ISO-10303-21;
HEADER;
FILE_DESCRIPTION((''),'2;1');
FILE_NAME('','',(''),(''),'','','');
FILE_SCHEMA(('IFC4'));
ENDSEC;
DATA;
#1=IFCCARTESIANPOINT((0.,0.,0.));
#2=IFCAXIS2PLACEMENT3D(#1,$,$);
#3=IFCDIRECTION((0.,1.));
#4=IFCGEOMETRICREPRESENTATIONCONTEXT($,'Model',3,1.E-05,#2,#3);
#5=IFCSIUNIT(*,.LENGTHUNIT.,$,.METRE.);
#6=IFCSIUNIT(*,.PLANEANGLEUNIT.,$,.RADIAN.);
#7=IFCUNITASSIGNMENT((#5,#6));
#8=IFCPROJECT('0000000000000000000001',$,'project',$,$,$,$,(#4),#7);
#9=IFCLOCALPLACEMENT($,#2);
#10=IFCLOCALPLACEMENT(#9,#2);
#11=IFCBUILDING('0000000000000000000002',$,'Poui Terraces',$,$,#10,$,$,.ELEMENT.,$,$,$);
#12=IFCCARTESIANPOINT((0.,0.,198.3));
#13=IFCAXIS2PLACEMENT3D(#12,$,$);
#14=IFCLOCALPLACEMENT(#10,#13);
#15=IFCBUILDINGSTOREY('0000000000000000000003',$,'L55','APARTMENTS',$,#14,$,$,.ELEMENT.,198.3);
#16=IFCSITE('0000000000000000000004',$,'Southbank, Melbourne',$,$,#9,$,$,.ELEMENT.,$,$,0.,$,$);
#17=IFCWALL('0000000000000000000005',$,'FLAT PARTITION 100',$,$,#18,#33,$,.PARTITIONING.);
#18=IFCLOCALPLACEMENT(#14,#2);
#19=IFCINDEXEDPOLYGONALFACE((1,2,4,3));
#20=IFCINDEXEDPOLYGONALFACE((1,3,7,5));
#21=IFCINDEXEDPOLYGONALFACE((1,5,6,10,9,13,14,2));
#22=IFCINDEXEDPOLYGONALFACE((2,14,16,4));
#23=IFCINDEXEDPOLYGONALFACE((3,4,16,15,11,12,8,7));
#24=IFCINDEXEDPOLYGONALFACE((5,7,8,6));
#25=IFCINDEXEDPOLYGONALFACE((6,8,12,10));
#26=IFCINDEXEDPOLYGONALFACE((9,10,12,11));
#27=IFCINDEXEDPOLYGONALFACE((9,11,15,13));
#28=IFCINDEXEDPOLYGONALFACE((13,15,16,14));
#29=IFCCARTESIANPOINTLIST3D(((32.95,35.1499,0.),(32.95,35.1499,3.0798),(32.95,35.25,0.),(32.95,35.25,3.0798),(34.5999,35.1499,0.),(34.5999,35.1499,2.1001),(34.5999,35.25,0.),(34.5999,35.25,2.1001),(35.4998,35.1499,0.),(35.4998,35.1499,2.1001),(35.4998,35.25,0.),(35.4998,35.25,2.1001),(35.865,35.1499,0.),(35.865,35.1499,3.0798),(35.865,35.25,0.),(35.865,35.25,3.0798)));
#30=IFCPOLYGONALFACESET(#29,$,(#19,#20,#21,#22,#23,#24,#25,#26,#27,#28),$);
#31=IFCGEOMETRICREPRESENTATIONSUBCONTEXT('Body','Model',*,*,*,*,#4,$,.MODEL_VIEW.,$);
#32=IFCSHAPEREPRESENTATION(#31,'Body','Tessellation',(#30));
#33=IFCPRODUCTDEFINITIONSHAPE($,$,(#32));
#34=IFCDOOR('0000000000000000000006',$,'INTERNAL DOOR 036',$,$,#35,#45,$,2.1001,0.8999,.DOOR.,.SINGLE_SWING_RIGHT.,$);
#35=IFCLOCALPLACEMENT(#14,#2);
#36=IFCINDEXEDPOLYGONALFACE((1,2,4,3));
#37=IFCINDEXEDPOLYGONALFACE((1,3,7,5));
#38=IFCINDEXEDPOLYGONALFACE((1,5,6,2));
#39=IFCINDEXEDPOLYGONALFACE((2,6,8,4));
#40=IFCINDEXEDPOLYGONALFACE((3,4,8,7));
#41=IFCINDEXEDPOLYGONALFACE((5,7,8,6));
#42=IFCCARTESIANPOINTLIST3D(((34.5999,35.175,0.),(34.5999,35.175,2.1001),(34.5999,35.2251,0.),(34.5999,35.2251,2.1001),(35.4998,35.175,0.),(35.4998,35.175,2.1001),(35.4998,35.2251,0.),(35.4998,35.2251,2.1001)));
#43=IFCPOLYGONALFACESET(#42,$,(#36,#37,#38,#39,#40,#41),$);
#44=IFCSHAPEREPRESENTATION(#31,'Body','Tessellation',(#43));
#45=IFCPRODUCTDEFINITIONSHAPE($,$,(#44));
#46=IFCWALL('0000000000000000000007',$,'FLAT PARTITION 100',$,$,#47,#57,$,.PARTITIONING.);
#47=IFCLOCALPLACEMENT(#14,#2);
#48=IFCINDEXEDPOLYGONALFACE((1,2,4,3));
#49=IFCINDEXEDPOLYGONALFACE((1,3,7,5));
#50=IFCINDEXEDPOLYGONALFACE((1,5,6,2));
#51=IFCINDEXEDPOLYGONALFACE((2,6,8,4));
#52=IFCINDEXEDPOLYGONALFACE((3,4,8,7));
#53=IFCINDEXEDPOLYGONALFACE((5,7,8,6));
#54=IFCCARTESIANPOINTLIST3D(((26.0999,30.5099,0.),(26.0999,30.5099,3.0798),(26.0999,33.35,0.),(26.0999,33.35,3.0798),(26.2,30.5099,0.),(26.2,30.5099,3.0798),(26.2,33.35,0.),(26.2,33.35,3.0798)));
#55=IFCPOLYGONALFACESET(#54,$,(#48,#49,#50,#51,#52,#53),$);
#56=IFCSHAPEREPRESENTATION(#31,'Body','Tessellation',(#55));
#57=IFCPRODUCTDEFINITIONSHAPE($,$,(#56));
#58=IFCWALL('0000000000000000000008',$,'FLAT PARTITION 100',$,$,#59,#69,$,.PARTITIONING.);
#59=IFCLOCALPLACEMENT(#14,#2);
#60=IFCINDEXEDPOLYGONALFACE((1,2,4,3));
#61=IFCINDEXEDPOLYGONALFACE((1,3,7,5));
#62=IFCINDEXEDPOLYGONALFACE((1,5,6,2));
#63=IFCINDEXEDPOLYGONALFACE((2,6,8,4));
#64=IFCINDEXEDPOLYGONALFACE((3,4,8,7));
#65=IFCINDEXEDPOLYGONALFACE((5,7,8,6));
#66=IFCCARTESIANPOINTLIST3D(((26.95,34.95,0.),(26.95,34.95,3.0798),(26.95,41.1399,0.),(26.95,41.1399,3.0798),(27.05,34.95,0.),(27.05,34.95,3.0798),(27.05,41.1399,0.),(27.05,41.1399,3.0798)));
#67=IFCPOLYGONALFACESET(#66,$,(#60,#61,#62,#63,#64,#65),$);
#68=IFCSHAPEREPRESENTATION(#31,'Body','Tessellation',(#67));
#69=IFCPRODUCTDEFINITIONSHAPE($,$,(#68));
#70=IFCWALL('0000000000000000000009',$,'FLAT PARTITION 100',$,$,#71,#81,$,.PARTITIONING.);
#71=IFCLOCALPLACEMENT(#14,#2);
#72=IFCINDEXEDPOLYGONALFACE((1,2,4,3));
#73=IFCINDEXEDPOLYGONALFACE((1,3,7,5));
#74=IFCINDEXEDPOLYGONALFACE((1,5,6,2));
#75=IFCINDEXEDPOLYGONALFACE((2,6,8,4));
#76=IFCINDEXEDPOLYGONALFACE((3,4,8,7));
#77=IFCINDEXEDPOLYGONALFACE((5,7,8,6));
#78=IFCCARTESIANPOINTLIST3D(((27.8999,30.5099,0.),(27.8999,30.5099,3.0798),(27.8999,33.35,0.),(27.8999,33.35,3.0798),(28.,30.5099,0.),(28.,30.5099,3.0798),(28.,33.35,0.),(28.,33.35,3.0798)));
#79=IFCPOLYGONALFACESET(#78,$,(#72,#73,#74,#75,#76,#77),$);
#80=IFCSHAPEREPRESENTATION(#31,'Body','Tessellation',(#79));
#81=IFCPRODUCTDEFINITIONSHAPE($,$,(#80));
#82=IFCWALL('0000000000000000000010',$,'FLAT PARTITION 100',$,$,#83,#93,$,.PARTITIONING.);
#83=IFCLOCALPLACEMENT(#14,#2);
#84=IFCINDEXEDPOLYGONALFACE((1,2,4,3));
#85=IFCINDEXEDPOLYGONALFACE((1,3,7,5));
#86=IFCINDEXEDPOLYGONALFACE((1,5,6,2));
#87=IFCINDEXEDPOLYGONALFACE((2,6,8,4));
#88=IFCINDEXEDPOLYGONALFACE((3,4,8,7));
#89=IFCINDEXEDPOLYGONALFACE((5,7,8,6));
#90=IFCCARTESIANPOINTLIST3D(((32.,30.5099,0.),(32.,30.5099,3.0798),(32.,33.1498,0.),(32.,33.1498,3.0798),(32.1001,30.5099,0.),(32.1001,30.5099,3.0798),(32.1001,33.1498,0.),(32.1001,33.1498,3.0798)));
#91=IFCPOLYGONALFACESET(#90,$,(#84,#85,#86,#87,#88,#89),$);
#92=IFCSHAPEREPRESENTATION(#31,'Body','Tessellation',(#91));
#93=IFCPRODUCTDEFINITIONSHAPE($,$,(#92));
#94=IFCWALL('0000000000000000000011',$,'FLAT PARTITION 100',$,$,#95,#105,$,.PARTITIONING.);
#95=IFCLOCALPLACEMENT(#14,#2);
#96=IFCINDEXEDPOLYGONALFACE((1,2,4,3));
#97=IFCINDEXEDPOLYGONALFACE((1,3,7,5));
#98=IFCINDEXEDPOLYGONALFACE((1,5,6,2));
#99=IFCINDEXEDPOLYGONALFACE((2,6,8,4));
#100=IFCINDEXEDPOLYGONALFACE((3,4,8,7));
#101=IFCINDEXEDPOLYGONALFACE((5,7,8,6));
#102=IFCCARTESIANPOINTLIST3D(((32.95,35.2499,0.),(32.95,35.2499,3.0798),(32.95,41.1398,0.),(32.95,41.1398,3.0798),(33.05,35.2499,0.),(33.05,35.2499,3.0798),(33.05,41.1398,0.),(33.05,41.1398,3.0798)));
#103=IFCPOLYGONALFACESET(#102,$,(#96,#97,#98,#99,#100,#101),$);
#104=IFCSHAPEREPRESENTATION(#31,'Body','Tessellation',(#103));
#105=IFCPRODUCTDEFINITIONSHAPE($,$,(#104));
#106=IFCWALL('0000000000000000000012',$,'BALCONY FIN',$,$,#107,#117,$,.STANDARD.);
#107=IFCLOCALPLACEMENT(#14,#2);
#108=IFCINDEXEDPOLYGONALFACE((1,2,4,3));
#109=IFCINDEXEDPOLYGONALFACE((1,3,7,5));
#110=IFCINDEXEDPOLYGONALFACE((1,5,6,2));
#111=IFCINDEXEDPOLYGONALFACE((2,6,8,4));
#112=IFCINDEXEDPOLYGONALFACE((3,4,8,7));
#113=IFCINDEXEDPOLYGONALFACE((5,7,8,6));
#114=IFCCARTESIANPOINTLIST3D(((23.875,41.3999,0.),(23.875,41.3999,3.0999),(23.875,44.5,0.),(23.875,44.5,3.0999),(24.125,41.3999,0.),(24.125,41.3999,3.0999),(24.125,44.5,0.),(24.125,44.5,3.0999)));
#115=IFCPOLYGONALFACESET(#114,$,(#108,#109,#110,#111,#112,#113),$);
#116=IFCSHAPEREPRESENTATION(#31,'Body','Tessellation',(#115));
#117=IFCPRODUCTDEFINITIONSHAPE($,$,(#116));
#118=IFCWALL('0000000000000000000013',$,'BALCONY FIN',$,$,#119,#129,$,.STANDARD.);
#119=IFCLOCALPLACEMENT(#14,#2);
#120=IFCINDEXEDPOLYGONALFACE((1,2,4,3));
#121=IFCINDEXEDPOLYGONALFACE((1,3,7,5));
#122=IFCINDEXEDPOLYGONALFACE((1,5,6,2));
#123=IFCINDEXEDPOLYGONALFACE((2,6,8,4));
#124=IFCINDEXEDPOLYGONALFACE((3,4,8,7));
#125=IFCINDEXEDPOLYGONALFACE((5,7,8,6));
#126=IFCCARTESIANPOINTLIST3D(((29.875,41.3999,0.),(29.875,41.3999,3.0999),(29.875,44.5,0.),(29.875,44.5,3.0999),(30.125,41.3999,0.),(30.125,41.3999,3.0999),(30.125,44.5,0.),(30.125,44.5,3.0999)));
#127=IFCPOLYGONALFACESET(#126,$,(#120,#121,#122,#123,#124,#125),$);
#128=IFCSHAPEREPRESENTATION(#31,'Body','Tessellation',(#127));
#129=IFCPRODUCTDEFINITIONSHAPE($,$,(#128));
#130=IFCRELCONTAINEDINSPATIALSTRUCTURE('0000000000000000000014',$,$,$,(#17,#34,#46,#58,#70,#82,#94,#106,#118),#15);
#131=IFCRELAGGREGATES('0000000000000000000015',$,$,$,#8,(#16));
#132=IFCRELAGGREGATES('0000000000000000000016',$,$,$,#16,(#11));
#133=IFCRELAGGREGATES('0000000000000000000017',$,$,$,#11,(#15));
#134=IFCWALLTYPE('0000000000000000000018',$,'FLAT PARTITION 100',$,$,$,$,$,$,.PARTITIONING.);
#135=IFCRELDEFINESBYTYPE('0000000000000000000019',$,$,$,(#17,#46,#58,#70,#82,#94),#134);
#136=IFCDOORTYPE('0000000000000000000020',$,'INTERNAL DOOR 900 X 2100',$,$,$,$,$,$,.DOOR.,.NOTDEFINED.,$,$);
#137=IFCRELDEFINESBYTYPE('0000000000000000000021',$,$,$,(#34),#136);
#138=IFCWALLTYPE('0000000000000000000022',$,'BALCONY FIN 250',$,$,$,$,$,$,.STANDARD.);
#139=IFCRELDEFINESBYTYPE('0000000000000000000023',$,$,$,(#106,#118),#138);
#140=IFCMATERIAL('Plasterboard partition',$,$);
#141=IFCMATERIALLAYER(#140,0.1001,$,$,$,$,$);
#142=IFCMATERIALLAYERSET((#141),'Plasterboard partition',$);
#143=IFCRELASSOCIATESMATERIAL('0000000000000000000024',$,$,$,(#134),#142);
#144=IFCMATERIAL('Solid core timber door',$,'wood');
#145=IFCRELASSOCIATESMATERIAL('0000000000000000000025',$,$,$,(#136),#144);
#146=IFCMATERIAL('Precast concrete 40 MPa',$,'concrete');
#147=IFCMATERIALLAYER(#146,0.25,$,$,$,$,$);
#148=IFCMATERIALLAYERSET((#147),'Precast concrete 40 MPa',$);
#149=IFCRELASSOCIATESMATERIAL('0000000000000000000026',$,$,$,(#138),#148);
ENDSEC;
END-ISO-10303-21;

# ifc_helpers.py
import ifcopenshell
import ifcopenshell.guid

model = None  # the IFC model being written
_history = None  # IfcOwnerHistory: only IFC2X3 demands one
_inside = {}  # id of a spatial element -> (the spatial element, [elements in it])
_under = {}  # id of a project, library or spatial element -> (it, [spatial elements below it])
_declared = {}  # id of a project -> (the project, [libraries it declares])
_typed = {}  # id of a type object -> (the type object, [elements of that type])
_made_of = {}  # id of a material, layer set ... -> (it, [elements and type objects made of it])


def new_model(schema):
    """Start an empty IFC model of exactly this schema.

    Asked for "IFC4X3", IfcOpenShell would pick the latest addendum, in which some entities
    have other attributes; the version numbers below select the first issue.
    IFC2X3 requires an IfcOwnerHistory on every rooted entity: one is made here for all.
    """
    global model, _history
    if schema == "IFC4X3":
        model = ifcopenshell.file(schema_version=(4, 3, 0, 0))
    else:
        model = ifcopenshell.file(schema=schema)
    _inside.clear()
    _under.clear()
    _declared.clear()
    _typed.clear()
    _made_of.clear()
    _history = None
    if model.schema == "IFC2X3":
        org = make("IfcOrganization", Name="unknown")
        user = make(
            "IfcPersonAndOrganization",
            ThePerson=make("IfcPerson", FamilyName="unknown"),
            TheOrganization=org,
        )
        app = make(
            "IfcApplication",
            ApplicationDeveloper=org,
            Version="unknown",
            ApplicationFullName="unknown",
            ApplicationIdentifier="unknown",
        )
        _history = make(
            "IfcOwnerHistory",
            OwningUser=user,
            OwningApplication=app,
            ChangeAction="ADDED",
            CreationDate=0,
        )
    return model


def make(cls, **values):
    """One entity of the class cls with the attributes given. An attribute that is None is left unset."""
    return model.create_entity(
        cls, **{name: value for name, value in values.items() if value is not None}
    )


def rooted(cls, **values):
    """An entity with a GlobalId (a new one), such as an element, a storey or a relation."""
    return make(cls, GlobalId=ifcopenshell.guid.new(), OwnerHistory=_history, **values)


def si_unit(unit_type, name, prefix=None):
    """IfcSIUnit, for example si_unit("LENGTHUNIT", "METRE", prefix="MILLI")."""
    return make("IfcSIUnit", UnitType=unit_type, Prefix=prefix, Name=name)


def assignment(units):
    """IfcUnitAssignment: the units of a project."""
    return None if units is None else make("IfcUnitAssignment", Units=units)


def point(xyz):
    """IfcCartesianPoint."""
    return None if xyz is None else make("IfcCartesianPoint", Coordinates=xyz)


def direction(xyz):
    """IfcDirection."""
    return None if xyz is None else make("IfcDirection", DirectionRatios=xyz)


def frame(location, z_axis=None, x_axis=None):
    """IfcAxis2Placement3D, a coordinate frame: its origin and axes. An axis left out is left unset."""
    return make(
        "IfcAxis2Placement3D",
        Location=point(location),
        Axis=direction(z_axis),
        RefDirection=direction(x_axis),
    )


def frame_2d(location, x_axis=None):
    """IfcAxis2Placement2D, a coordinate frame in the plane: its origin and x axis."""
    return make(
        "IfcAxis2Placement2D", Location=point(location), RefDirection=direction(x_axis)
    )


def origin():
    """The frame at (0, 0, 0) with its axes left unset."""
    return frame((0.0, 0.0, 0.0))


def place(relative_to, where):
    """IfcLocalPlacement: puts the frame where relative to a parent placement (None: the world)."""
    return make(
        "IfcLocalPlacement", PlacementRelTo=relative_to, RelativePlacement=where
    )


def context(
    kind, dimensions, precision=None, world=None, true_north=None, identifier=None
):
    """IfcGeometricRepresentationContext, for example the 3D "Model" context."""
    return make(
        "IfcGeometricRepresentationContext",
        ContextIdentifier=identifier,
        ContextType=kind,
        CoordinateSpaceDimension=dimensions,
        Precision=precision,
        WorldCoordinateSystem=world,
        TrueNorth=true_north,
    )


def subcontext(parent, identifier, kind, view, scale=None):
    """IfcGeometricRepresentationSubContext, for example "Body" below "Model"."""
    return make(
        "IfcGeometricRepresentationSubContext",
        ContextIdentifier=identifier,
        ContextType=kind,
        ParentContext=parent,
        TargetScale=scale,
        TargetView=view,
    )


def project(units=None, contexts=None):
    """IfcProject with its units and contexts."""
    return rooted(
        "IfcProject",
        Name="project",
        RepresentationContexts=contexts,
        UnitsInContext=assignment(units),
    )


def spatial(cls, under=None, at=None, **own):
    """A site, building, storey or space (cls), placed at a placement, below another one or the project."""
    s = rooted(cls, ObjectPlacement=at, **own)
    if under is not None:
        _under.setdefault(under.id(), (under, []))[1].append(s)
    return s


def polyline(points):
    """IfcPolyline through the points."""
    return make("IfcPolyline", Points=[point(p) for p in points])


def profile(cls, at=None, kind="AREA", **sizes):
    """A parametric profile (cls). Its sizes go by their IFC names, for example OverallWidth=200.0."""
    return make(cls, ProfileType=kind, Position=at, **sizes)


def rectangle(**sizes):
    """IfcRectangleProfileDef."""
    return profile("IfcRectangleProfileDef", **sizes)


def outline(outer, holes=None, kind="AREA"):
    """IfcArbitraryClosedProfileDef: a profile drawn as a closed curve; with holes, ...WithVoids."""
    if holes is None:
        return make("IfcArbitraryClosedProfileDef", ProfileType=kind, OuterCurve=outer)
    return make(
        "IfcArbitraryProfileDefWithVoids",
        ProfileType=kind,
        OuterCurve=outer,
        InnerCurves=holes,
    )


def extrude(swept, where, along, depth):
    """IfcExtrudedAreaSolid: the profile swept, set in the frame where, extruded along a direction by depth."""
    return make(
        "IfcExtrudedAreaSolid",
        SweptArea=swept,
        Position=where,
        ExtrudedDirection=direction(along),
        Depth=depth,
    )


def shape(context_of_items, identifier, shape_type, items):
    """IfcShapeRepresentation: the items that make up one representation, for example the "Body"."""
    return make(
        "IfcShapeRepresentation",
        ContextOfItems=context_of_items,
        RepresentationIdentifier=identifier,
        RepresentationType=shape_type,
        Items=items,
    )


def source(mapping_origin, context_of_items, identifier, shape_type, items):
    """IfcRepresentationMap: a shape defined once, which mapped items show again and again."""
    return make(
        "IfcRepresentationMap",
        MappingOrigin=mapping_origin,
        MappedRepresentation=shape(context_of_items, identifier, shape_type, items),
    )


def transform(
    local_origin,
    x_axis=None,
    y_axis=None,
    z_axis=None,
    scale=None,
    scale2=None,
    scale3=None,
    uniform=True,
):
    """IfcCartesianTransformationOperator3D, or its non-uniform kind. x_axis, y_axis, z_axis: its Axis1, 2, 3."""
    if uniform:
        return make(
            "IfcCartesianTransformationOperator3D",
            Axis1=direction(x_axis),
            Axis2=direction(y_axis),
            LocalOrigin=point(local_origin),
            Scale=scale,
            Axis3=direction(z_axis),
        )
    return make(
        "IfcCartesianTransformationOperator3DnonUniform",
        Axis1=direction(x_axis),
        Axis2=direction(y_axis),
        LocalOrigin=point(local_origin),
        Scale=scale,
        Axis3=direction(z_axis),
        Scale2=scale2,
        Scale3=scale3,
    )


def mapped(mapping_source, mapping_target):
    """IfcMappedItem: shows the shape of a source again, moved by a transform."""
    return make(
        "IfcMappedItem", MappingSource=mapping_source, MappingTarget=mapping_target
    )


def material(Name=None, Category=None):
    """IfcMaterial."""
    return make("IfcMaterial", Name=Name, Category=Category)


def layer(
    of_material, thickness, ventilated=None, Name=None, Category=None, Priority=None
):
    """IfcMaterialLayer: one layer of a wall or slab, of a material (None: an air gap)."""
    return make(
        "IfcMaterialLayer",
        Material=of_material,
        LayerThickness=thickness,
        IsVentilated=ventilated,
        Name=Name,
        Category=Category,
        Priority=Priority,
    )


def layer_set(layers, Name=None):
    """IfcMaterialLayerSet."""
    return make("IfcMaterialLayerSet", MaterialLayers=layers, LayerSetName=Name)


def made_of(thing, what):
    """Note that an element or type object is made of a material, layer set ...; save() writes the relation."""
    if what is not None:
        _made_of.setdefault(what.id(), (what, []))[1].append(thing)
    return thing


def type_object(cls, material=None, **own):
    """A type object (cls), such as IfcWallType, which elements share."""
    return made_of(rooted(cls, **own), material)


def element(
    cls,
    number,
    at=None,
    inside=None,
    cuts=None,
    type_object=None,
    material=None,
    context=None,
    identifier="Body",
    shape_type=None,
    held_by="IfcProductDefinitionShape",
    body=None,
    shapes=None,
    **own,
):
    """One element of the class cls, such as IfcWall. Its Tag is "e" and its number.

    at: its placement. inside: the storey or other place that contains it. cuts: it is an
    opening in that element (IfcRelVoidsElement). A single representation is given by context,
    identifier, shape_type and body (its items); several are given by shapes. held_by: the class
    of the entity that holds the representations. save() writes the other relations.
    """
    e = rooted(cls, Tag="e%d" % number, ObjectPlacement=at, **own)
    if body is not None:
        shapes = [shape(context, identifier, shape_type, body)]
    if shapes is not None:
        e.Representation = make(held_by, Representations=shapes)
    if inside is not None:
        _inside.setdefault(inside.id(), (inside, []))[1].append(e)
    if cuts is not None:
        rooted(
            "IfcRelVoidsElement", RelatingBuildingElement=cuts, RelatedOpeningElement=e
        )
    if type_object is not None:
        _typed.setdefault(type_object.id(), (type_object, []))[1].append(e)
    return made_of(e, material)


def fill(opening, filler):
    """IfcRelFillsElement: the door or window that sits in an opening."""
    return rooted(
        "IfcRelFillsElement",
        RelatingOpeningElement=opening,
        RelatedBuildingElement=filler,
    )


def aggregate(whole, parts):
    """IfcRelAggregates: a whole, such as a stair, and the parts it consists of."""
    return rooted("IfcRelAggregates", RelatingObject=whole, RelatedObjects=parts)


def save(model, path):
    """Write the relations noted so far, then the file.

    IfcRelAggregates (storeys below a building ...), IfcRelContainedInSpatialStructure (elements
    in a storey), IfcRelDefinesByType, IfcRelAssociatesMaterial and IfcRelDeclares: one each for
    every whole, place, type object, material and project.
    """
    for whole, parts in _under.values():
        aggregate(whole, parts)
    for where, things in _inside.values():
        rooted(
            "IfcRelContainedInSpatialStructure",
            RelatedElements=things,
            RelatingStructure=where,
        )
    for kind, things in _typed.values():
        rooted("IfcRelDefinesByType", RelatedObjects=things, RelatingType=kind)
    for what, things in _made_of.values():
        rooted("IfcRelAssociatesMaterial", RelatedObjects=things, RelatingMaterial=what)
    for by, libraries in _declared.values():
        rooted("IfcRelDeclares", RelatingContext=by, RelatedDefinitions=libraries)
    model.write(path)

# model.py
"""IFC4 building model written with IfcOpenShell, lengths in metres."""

from ifc_helpers import new_model, si_unit, direction, frame, frame_2d, origin, place, context, subcontext, project, spatial, polyline, rectangle, outline, extrude, source, transform, mapped, material, layer, layer_set, type_object, element, fill, save


model = new_model("IFC4")

# Units and contexts
model_context = context("Model", 3, precision=1e-05, world=origin(), true_north=direction((0.0, 1.0)))
body_context = subcontext(model_context, "Body", "Model", "MODEL_VIEW")
ifc_project = project(units=[si_unit("LENGTHUNIT", "METRE"), si_unit("PLANEANGLEUNIT", "RADIAN")], contexts=[model_context])

# Site, building, storey
site_placement = place(None, origin())
site = spatial("IfcSite", under=ifc_project, at=site_placement, Name="Southbank, Melbourne", CompositionType="ELEMENT", RefElevation=0.0)
building_placement = place(site_placement, origin())
building = spatial("IfcBuilding", under=site, at=building_placement, Name="Poui Terraces", CompositionType="ELEMENT")
storey_placement = place(building_placement, frame((0.0, 0.0, 198.3)))
storey = spatial("IfcBuildingStorey", under=building, at=storey_placement, Name="L55", Description="APARTMENTS", CompositionType="ELEMENT", Elevation=198.3)

# Wall, opening, door
ifc_material_1 = material(Name="Plasterboard partition")
ifc_layer_1 = layer(ifc_material_1, 0.1001)
ifc_layer_set_1 = layer_set([ifc_layer_1], Name="Plasterboard partition")
wall_type_1 = type_object("IfcWallType", Name="FLAT PARTITION 100", PredefinedType="PARTITIONING", material=ifc_layer_set_1)
ifc_material_2 = material(Name="Solid core timber door", Category="wood")
door_type_1 = type_object("IfcDoorType", Name="INTERNAL DOOR 900 X 2100", OperationType="NOTDEFINED", PredefinedType="DOOR", material=ifc_material_2)
wall_1_placement = place(storey_placement, frame((32.95, 35.2, 0.0), z_axis=(0.0, 0.0, 1.0), x_axis=(1.0, 0.0, 0.0)))
wall_1 = element("IfcWall", 1, at=wall_1_placement, inside=storey, type_object=wall_type_1, Name="FLAT PARTITION 100", PredefinedType="PARTITIONING", context=body_context, shape_type="SweptSolid", body=[
    extrude(rectangle(XDim=2.915, YDim=0.1001, at=frame_2d((1.4575, 0.0))), origin(), (0.0, 0.0, 1.0), 3.0798),
])
opening_1_placement = place(wall_1_placement, frame((1.6499, 0.0, 0.0)))
opening_1 = element("IfcOpeningElement", 2, at=opening_1_placement, cuts=wall_1, PredefinedType="OPENING", context=body_context, shape_type="SweptSolid", body=[
    extrude(rectangle(XDim=0.8999, YDim=2.1001, at=frame_2d((0.45, 1.05))), frame((0.0, 0.0601, 0.0), z_axis=(0.0, -1.0, 0.0), x_axis=(1.0, 0.0, 0.0)), (0.0, 0.0, 1.0), 0.1201),
])
door_1_placement = place(opening_1_placement, frame((0.8999, 0.0, 0.0), z_axis=(0.0, 0.0, 1.0), x_axis=(-1.0, 0.0, 0.0)))
door_1 = element("IfcDoor", 3, at=door_1_placement, inside=storey, type_object=door_type_1, Name="INTERNAL DOOR 036", OperationType="SINGLE_SWING_RIGHT", OverallHeight=2.1001, OverallWidth=0.8999, PredefinedType="DOOR", context=body_context, shape_type="SweptSolid", body=[
    extrude(rectangle(XDim=0.8999, YDim=2.1001, at=frame_2d((0.45, 1.05))), frame((0.0, 0.0249, 0.0), z_axis=(0.0, -1.0, 0.0), x_axis=(1.0, 0.0, 0.0)), (0.0, 0.0, 1.0), 0.05),
])
fill(opening_1, door_1)

# Walls
wall_2_placement = place(storey_placement, frame((26.1499, 30.51, 0.0), z_axis=(0.0, 0.0, 1.0), x_axis=(0.0, 1.0, 0.0)))
element("IfcWall", 4, at=wall_2_placement, inside=storey, type_object=wall_type_1, Name="FLAT PARTITION 100", PredefinedType="PARTITIONING", context=body_context, shape_type="SweptSolid", body=[
    extrude(rectangle(XDim=2.8401, YDim=0.1001, at=frame_2d((1.4199, 0.0))), origin(), (0.0, 0.0, 1.0), 3.0798),
])
wall_3_placement = place(storey_placement, frame((27.0, 34.95, 0.0), z_axis=(0.0, 0.0, 1.0), x_axis=(0.0, 1.0, 0.0)))
element("IfcWall", 5, at=wall_3_placement, inside=storey, type_object=wall_type_1, Name="FLAT PARTITION 100", PredefinedType="PARTITIONING", context=body_context, shape_type="SweptSolid", body=[
    extrude(rectangle(XDim=6.1899, YDim=0.1001, at=frame_2d((3.095, 0.0))), origin(), (0.0, 0.0, 1.0), 3.0798),
])
wall_4_placement = place(storey_placement, frame((27.95, 30.51, 0.0), z_axis=(0.0, 0.0, 1.0), x_axis=(0.0, 1.0, 0.0)))
element("IfcWall", 6, at=wall_4_placement, inside=storey, type_object=wall_type_1, Name="FLAT PARTITION 100", PredefinedType="PARTITIONING", context=body_context, shape_type="SweptSolid", body=[
    extrude(rectangle(XDim=2.8401, YDim=0.1001, at=frame_2d((1.4199, 0.0))), origin(), (0.0, 0.0, 1.0), 3.0798),
])
wall_5_placement = place(storey_placement, frame((32.05, 30.51, 0.0), z_axis=(0.0, 0.0, 1.0), x_axis=(0.0, 1.0, 0.0)))
element("IfcWall", 7, at=wall_5_placement, inside=storey, type_object=wall_type_1, Name="FLAT PARTITION 100", PredefinedType="PARTITIONING", context=body_context, shape_type="SweptSolid", body=[
    extrude(rectangle(XDim=2.6399, YDim=0.1001, at=frame_2d((1.3198, 0.0))), origin(), (0.0, 0.0, 1.0), 3.0798),
])
wall_6_placement = place(storey_placement, frame((33.0, 35.25, 0.0), z_axis=(0.0, 0.0, 1.0), x_axis=(0.0, 1.0, 0.0)))
element("IfcWall", 8, at=wall_6_placement, inside=storey, type_object=wall_type_1, Name="FLAT PARTITION 100", PredefinedType="PARTITIONING", context=body_context, shape_type="SweptSolid", body=[
    extrude(rectangle(XDim=5.8899, YDim=0.1001, at=frame_2d((2.9448, 0.0))), origin(), (0.0, 0.0, 1.0), 3.0798),
])
ifc_material_3 = material(Name="Precast concrete 40 MPa", Category="concrete")
ifc_layer_2 = layer(ifc_material_3, 0.25)
ifc_layer_set_2 = layer_set([ifc_layer_2], Name="Precast concrete 40 MPa")
wall_type_2 = type_object("IfcWallType", Name="BALCONY FIN 250", PredefinedType="STANDARD", material=ifc_layer_set_2)
shared_shape_1 = source(origin(), body_context, "Body", "SweptSolid", [
    extrude(outline(polyline([(0.0, 0.0), (0.25, 0.0), (0.25, 3.1001), (0.0, 3.1001), (0.0, 0.0)])), origin(), (0.0, 0.0, 1.0), 3.0999),
])
for number, where, name in (
    (9, (23.875, 41.3999, 0.0), "BALCONY FIN"),
    (10, (29.875, 41.3999, 0.0), "BALCONY FIN"),
):
    element("IfcWall", number, at=place(storey_placement, frame(where)), inside=storey, type_object=wall_type_2, Name=name, PredefinedType="STANDARD", context=body_context, shape_type="MappedRepresentation", body=[
        mapped(shared_shape_1, transform((0.0, 0.0, 0.0))),
    ])

save(model, "model.ifc")
